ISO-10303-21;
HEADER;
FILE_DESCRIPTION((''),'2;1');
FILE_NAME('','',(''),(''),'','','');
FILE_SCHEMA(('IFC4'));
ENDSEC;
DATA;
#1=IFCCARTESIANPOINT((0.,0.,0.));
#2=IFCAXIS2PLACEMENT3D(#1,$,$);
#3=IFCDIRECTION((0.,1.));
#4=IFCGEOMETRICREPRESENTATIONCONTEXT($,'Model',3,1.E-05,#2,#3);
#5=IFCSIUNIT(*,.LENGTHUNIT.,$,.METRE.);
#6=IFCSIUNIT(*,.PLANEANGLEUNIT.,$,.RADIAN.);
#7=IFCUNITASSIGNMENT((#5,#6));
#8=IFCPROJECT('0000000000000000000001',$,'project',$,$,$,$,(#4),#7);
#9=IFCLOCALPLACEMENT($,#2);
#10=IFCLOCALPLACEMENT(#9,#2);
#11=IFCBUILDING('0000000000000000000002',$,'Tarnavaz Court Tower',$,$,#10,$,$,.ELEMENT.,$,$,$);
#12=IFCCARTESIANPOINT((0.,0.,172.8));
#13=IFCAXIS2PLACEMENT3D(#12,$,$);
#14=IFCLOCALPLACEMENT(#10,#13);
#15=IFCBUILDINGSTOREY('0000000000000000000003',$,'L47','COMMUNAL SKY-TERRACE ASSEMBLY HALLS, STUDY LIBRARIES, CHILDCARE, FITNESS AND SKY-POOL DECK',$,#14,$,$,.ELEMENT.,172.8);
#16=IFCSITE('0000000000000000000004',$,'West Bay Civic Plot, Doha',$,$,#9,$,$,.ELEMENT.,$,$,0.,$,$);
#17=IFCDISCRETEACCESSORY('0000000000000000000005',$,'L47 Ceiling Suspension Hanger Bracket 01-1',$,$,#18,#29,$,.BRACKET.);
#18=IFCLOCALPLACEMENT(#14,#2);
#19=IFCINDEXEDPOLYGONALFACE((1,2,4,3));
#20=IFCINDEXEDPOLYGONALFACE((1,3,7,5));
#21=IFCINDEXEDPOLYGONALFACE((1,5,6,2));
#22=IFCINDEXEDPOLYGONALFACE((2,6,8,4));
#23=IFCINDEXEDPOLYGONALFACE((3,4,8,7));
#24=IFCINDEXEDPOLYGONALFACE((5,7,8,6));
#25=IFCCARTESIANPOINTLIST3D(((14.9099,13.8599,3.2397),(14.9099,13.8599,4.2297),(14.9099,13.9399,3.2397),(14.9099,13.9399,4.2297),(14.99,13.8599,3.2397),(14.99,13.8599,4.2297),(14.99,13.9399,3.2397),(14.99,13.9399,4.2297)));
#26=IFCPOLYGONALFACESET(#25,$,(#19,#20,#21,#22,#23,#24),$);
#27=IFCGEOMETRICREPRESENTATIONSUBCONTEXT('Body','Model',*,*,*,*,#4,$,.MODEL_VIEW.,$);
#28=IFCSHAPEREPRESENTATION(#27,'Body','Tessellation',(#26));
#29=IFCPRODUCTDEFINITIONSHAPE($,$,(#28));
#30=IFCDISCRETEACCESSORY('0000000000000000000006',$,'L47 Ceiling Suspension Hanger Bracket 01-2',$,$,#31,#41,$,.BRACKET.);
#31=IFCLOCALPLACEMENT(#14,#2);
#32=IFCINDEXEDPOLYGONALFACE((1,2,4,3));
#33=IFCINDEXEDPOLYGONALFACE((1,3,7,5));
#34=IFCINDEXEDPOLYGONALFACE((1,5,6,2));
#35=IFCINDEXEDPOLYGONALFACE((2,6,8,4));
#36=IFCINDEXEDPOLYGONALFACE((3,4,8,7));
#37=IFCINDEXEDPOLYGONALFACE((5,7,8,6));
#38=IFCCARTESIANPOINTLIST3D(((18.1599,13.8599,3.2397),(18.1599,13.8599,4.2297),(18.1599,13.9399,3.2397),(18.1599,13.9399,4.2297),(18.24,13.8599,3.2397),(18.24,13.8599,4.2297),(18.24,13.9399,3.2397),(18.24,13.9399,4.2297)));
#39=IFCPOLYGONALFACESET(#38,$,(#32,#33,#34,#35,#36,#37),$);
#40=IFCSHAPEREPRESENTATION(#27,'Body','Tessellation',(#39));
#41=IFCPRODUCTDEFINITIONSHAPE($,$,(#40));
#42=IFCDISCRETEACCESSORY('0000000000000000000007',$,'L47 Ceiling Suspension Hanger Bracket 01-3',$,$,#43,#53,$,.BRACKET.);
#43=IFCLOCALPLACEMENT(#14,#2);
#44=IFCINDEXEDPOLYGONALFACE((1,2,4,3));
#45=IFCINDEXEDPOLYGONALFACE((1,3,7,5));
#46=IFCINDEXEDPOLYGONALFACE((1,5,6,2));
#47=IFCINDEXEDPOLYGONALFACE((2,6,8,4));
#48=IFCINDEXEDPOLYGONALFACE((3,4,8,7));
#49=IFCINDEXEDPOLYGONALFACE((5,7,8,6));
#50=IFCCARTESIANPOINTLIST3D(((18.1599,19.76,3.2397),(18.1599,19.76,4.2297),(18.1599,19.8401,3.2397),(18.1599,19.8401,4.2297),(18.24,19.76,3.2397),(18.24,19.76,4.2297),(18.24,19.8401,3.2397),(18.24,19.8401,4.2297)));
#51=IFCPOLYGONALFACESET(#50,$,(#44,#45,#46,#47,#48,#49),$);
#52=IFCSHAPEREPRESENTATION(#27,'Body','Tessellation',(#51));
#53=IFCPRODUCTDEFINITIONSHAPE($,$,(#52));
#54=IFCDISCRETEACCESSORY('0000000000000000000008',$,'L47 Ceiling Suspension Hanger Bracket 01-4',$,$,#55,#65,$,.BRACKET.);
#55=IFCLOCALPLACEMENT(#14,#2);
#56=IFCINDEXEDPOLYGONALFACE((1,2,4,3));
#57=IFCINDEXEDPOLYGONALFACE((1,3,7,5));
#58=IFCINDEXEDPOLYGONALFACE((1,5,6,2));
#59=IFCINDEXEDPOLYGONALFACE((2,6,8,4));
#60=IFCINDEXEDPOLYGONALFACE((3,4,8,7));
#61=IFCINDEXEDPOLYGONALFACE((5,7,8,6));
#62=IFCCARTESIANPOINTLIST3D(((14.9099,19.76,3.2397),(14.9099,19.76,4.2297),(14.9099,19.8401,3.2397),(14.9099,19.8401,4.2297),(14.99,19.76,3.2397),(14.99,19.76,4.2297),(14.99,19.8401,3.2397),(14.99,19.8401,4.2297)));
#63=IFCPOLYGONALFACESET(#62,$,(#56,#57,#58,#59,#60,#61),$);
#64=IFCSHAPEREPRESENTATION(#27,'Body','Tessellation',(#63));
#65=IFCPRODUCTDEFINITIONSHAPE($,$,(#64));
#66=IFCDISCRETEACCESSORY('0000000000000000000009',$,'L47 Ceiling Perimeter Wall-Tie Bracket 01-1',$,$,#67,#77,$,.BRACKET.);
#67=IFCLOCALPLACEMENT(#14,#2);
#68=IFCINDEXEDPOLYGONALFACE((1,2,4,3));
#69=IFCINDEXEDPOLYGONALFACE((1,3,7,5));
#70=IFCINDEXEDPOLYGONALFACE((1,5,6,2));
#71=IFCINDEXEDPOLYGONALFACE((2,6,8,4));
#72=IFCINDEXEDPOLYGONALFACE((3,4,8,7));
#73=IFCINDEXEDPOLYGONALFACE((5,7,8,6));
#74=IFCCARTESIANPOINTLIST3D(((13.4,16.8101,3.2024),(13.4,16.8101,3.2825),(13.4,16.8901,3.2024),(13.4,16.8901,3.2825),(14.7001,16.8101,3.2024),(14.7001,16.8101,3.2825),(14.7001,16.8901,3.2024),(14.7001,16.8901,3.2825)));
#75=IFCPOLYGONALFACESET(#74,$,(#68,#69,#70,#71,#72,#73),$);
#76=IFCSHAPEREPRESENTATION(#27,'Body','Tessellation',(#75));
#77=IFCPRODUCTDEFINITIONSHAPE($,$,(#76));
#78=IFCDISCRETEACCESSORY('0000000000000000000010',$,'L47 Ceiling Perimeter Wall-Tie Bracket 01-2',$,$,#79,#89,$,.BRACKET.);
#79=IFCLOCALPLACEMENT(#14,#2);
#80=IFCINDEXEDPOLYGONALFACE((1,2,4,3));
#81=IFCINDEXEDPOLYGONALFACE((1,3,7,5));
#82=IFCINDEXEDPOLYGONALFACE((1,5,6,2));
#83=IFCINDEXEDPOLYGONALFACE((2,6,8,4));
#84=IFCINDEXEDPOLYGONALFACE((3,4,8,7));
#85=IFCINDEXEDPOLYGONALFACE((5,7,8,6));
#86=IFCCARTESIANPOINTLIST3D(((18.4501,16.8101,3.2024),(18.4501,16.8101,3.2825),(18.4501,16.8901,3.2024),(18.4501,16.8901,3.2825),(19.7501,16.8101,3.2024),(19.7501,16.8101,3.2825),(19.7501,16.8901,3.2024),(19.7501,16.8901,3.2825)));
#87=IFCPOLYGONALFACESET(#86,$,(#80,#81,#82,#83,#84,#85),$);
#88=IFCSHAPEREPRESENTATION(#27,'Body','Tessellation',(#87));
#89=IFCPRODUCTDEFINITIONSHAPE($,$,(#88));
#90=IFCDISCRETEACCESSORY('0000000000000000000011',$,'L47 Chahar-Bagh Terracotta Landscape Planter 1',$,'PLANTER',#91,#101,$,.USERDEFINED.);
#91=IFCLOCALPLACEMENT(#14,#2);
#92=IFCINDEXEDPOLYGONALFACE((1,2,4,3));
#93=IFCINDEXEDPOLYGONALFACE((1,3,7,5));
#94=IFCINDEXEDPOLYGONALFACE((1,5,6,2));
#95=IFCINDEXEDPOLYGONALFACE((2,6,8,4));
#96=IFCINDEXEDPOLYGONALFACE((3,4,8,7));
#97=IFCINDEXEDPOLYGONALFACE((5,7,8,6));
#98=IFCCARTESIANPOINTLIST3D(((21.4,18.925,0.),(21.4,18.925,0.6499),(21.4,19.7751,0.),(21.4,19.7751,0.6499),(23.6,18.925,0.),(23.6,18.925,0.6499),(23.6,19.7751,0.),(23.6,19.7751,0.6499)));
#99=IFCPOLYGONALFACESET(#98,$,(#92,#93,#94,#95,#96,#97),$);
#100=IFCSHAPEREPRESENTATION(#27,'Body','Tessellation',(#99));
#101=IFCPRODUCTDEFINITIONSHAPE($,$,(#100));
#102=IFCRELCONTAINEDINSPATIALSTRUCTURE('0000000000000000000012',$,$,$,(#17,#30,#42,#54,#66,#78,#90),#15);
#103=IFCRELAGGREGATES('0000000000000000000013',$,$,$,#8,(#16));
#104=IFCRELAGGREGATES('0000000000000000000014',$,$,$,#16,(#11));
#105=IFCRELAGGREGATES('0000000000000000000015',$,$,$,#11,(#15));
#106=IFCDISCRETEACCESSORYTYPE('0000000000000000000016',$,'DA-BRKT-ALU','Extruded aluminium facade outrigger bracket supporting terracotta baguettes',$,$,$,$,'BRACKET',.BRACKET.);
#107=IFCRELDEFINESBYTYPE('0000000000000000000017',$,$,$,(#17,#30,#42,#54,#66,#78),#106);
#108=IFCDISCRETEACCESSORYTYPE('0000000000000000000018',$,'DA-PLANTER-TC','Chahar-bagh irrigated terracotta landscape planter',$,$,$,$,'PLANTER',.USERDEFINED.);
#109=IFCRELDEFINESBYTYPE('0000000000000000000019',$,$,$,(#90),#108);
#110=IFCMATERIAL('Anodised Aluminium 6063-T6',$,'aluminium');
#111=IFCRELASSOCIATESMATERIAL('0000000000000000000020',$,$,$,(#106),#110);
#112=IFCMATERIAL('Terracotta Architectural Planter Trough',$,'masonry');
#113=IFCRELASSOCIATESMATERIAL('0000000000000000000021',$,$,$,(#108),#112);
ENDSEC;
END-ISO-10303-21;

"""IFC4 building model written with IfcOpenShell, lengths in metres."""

from ifc_helpers import new_model, si_unit, direction, frame, origin, origin_2d, place, context, subcontext, project, spatial, rectangle, extrude, material, type_object, element, save


model = new_model("IFC4")

# Units and contexts
model_context = context("Model", 3, precision=1e-05, world=origin(), true_north=direction((0.0, 1.0)))
body_context = subcontext(model_context, "Body", "Model", "MODEL_VIEW")
ifc_project = project(units=[si_unit("LENGTHUNIT", "METRE"), si_unit("PLANEANGLEUNIT", "RADIAN")], contexts=[model_context])

# Site, building, storey
site_placement = place(None, origin())
site = spatial("IfcSite", under=ifc_project, at=site_placement, Name="West Bay Civic Plot, Doha", CompositionType="ELEMENT", RefElevation=0.0)
building_placement = place(site_placement, origin())
building = spatial("IfcBuilding", under=site, at=building_placement, Name="Tarnavaz Court Tower", CompositionType="ELEMENT")
storey_placement = place(building_placement, frame((0.0, 0.0, 172.8)))
storey = spatial("IfcBuildingStorey", under=building, at=storey_placement, Name="L47", Description="COMMUNAL SKY-TERRACE ASSEMBLY HALLS, STUDY LIBRARIES, CHILDCARE, FITNESS AND SKY-POOL DECK", CompositionType="ELEMENT", Elevation=172.8)

# Shared definitions
ifc_material_1 = material(Name="Anodised Aluminium 6063-T6", Category="aluminium")

# Discrete accessories
discrete_accessory_type_1 = type_object("IfcDiscreteAccessoryType", Name="DA-BRKT-ALU", Description="Extruded aluminium facade outrigger bracket supporting terracotta baguettes", ElementType="BRACKET", PredefinedType="BRACKET", material=ifc_material_1)
for number, where, z_axis, x_axis, name in (
    (1, (14.95, 13.8999, 3.2397), (0.0, 0.0, 1.0), (1.0, 0.0, 0.0), "L47 Ceiling Suspension Hanger Bracket 01-1"),
    (2, (18.2, 13.8999, 3.2397), (0.0, 0.0, 1.0), (1.0, 0.0, 0.0), "L47 Ceiling Suspension Hanger Bracket 01-2"),
    (3, (18.2, 19.8, 3.2397), (0.0, 0.0, 1.0), (1.0, 0.0, 0.0), "L47 Ceiling Suspension Hanger Bracket 01-3"),
    (4, (14.95, 19.8, 3.2397), (0.0, 0.0, 1.0), (1.0, 0.0, 0.0), "L47 Ceiling Suspension Hanger Bracket 01-4"),
):
    element("IfcDiscreteAccessory", number, at=place(storey_placement, frame(where, z_axis=z_axis, x_axis=x_axis)), inside=storey, type_object=discrete_accessory_type_1, Name=name, PredefinedType="BRACKET", context=body_context, shape_type="SweptSolid", body=[
        extrude(rectangle(XDim=0.0801, YDim=0.0801, at=origin_2d()), origin(), (0.0, 0.0, 1.0), 0.99),
    ])
for number, where, z_axis, x_axis, name in (
    (5, (14.05, 16.8501, 3.2024), (0.0, 0.0, 1.0), (1.0, 0.0, 0.0), "L47 Ceiling Perimeter Wall-Tie Bracket 01-1"),
    (6, (19.1001, 16.8501, 3.2024), (0.0, 0.0, 1.0), (1.0, 0.0, 0.0), "L47 Ceiling Perimeter Wall-Tie Bracket 01-2"),
):
    element("IfcDiscreteAccessory", number, at=place(storey_placement, frame(where, z_axis=z_axis, x_axis=x_axis)), inside=storey, type_object=discrete_accessory_type_1, Name=name, PredefinedType="BRACKET", context=body_context, shape_type="SweptSolid", body=[
        extrude(rectangle(XDim=1.3, YDim=0.0801, at=origin_2d()), origin(), (0.0, 0.0, 1.0), 0.0801),
    ])
ifc_material_2 = material(Name="Terracotta Architectural Planter Trough", Category="masonry")
discrete_accessory_type_2 = type_object("IfcDiscreteAccessoryType", Name="DA-PLANTER-TC", Description="Chahar-bagh irrigated terracotta landscape planter", ElementType="PLANTER", PredefinedType="USERDEFINED", material=ifc_material_2)
discrete_accessory_placement = place(storey_placement, frame((22.5, 19.3501, 0.0), z_axis=(0.0, 0.0, 1.0), x_axis=(1.0, 0.0, 0.0)))
element("IfcDiscreteAccessory", 7, at=discrete_accessory_placement, inside=storey, type_object=discrete_accessory_type_2, Name="L47 Chahar-Bagh Terracotta Landscape Planter 1", ObjectType="PLANTER", PredefinedType="USERDEFINED", context=body_context, shape_type="SweptSolid", body=[
    extrude(rectangle(XDim=2.2, YDim=0.8501, at=origin_2d()), origin(), (0.0, 0.0, 1.0), 0.6499),
])

save(model, "model.ifc")
